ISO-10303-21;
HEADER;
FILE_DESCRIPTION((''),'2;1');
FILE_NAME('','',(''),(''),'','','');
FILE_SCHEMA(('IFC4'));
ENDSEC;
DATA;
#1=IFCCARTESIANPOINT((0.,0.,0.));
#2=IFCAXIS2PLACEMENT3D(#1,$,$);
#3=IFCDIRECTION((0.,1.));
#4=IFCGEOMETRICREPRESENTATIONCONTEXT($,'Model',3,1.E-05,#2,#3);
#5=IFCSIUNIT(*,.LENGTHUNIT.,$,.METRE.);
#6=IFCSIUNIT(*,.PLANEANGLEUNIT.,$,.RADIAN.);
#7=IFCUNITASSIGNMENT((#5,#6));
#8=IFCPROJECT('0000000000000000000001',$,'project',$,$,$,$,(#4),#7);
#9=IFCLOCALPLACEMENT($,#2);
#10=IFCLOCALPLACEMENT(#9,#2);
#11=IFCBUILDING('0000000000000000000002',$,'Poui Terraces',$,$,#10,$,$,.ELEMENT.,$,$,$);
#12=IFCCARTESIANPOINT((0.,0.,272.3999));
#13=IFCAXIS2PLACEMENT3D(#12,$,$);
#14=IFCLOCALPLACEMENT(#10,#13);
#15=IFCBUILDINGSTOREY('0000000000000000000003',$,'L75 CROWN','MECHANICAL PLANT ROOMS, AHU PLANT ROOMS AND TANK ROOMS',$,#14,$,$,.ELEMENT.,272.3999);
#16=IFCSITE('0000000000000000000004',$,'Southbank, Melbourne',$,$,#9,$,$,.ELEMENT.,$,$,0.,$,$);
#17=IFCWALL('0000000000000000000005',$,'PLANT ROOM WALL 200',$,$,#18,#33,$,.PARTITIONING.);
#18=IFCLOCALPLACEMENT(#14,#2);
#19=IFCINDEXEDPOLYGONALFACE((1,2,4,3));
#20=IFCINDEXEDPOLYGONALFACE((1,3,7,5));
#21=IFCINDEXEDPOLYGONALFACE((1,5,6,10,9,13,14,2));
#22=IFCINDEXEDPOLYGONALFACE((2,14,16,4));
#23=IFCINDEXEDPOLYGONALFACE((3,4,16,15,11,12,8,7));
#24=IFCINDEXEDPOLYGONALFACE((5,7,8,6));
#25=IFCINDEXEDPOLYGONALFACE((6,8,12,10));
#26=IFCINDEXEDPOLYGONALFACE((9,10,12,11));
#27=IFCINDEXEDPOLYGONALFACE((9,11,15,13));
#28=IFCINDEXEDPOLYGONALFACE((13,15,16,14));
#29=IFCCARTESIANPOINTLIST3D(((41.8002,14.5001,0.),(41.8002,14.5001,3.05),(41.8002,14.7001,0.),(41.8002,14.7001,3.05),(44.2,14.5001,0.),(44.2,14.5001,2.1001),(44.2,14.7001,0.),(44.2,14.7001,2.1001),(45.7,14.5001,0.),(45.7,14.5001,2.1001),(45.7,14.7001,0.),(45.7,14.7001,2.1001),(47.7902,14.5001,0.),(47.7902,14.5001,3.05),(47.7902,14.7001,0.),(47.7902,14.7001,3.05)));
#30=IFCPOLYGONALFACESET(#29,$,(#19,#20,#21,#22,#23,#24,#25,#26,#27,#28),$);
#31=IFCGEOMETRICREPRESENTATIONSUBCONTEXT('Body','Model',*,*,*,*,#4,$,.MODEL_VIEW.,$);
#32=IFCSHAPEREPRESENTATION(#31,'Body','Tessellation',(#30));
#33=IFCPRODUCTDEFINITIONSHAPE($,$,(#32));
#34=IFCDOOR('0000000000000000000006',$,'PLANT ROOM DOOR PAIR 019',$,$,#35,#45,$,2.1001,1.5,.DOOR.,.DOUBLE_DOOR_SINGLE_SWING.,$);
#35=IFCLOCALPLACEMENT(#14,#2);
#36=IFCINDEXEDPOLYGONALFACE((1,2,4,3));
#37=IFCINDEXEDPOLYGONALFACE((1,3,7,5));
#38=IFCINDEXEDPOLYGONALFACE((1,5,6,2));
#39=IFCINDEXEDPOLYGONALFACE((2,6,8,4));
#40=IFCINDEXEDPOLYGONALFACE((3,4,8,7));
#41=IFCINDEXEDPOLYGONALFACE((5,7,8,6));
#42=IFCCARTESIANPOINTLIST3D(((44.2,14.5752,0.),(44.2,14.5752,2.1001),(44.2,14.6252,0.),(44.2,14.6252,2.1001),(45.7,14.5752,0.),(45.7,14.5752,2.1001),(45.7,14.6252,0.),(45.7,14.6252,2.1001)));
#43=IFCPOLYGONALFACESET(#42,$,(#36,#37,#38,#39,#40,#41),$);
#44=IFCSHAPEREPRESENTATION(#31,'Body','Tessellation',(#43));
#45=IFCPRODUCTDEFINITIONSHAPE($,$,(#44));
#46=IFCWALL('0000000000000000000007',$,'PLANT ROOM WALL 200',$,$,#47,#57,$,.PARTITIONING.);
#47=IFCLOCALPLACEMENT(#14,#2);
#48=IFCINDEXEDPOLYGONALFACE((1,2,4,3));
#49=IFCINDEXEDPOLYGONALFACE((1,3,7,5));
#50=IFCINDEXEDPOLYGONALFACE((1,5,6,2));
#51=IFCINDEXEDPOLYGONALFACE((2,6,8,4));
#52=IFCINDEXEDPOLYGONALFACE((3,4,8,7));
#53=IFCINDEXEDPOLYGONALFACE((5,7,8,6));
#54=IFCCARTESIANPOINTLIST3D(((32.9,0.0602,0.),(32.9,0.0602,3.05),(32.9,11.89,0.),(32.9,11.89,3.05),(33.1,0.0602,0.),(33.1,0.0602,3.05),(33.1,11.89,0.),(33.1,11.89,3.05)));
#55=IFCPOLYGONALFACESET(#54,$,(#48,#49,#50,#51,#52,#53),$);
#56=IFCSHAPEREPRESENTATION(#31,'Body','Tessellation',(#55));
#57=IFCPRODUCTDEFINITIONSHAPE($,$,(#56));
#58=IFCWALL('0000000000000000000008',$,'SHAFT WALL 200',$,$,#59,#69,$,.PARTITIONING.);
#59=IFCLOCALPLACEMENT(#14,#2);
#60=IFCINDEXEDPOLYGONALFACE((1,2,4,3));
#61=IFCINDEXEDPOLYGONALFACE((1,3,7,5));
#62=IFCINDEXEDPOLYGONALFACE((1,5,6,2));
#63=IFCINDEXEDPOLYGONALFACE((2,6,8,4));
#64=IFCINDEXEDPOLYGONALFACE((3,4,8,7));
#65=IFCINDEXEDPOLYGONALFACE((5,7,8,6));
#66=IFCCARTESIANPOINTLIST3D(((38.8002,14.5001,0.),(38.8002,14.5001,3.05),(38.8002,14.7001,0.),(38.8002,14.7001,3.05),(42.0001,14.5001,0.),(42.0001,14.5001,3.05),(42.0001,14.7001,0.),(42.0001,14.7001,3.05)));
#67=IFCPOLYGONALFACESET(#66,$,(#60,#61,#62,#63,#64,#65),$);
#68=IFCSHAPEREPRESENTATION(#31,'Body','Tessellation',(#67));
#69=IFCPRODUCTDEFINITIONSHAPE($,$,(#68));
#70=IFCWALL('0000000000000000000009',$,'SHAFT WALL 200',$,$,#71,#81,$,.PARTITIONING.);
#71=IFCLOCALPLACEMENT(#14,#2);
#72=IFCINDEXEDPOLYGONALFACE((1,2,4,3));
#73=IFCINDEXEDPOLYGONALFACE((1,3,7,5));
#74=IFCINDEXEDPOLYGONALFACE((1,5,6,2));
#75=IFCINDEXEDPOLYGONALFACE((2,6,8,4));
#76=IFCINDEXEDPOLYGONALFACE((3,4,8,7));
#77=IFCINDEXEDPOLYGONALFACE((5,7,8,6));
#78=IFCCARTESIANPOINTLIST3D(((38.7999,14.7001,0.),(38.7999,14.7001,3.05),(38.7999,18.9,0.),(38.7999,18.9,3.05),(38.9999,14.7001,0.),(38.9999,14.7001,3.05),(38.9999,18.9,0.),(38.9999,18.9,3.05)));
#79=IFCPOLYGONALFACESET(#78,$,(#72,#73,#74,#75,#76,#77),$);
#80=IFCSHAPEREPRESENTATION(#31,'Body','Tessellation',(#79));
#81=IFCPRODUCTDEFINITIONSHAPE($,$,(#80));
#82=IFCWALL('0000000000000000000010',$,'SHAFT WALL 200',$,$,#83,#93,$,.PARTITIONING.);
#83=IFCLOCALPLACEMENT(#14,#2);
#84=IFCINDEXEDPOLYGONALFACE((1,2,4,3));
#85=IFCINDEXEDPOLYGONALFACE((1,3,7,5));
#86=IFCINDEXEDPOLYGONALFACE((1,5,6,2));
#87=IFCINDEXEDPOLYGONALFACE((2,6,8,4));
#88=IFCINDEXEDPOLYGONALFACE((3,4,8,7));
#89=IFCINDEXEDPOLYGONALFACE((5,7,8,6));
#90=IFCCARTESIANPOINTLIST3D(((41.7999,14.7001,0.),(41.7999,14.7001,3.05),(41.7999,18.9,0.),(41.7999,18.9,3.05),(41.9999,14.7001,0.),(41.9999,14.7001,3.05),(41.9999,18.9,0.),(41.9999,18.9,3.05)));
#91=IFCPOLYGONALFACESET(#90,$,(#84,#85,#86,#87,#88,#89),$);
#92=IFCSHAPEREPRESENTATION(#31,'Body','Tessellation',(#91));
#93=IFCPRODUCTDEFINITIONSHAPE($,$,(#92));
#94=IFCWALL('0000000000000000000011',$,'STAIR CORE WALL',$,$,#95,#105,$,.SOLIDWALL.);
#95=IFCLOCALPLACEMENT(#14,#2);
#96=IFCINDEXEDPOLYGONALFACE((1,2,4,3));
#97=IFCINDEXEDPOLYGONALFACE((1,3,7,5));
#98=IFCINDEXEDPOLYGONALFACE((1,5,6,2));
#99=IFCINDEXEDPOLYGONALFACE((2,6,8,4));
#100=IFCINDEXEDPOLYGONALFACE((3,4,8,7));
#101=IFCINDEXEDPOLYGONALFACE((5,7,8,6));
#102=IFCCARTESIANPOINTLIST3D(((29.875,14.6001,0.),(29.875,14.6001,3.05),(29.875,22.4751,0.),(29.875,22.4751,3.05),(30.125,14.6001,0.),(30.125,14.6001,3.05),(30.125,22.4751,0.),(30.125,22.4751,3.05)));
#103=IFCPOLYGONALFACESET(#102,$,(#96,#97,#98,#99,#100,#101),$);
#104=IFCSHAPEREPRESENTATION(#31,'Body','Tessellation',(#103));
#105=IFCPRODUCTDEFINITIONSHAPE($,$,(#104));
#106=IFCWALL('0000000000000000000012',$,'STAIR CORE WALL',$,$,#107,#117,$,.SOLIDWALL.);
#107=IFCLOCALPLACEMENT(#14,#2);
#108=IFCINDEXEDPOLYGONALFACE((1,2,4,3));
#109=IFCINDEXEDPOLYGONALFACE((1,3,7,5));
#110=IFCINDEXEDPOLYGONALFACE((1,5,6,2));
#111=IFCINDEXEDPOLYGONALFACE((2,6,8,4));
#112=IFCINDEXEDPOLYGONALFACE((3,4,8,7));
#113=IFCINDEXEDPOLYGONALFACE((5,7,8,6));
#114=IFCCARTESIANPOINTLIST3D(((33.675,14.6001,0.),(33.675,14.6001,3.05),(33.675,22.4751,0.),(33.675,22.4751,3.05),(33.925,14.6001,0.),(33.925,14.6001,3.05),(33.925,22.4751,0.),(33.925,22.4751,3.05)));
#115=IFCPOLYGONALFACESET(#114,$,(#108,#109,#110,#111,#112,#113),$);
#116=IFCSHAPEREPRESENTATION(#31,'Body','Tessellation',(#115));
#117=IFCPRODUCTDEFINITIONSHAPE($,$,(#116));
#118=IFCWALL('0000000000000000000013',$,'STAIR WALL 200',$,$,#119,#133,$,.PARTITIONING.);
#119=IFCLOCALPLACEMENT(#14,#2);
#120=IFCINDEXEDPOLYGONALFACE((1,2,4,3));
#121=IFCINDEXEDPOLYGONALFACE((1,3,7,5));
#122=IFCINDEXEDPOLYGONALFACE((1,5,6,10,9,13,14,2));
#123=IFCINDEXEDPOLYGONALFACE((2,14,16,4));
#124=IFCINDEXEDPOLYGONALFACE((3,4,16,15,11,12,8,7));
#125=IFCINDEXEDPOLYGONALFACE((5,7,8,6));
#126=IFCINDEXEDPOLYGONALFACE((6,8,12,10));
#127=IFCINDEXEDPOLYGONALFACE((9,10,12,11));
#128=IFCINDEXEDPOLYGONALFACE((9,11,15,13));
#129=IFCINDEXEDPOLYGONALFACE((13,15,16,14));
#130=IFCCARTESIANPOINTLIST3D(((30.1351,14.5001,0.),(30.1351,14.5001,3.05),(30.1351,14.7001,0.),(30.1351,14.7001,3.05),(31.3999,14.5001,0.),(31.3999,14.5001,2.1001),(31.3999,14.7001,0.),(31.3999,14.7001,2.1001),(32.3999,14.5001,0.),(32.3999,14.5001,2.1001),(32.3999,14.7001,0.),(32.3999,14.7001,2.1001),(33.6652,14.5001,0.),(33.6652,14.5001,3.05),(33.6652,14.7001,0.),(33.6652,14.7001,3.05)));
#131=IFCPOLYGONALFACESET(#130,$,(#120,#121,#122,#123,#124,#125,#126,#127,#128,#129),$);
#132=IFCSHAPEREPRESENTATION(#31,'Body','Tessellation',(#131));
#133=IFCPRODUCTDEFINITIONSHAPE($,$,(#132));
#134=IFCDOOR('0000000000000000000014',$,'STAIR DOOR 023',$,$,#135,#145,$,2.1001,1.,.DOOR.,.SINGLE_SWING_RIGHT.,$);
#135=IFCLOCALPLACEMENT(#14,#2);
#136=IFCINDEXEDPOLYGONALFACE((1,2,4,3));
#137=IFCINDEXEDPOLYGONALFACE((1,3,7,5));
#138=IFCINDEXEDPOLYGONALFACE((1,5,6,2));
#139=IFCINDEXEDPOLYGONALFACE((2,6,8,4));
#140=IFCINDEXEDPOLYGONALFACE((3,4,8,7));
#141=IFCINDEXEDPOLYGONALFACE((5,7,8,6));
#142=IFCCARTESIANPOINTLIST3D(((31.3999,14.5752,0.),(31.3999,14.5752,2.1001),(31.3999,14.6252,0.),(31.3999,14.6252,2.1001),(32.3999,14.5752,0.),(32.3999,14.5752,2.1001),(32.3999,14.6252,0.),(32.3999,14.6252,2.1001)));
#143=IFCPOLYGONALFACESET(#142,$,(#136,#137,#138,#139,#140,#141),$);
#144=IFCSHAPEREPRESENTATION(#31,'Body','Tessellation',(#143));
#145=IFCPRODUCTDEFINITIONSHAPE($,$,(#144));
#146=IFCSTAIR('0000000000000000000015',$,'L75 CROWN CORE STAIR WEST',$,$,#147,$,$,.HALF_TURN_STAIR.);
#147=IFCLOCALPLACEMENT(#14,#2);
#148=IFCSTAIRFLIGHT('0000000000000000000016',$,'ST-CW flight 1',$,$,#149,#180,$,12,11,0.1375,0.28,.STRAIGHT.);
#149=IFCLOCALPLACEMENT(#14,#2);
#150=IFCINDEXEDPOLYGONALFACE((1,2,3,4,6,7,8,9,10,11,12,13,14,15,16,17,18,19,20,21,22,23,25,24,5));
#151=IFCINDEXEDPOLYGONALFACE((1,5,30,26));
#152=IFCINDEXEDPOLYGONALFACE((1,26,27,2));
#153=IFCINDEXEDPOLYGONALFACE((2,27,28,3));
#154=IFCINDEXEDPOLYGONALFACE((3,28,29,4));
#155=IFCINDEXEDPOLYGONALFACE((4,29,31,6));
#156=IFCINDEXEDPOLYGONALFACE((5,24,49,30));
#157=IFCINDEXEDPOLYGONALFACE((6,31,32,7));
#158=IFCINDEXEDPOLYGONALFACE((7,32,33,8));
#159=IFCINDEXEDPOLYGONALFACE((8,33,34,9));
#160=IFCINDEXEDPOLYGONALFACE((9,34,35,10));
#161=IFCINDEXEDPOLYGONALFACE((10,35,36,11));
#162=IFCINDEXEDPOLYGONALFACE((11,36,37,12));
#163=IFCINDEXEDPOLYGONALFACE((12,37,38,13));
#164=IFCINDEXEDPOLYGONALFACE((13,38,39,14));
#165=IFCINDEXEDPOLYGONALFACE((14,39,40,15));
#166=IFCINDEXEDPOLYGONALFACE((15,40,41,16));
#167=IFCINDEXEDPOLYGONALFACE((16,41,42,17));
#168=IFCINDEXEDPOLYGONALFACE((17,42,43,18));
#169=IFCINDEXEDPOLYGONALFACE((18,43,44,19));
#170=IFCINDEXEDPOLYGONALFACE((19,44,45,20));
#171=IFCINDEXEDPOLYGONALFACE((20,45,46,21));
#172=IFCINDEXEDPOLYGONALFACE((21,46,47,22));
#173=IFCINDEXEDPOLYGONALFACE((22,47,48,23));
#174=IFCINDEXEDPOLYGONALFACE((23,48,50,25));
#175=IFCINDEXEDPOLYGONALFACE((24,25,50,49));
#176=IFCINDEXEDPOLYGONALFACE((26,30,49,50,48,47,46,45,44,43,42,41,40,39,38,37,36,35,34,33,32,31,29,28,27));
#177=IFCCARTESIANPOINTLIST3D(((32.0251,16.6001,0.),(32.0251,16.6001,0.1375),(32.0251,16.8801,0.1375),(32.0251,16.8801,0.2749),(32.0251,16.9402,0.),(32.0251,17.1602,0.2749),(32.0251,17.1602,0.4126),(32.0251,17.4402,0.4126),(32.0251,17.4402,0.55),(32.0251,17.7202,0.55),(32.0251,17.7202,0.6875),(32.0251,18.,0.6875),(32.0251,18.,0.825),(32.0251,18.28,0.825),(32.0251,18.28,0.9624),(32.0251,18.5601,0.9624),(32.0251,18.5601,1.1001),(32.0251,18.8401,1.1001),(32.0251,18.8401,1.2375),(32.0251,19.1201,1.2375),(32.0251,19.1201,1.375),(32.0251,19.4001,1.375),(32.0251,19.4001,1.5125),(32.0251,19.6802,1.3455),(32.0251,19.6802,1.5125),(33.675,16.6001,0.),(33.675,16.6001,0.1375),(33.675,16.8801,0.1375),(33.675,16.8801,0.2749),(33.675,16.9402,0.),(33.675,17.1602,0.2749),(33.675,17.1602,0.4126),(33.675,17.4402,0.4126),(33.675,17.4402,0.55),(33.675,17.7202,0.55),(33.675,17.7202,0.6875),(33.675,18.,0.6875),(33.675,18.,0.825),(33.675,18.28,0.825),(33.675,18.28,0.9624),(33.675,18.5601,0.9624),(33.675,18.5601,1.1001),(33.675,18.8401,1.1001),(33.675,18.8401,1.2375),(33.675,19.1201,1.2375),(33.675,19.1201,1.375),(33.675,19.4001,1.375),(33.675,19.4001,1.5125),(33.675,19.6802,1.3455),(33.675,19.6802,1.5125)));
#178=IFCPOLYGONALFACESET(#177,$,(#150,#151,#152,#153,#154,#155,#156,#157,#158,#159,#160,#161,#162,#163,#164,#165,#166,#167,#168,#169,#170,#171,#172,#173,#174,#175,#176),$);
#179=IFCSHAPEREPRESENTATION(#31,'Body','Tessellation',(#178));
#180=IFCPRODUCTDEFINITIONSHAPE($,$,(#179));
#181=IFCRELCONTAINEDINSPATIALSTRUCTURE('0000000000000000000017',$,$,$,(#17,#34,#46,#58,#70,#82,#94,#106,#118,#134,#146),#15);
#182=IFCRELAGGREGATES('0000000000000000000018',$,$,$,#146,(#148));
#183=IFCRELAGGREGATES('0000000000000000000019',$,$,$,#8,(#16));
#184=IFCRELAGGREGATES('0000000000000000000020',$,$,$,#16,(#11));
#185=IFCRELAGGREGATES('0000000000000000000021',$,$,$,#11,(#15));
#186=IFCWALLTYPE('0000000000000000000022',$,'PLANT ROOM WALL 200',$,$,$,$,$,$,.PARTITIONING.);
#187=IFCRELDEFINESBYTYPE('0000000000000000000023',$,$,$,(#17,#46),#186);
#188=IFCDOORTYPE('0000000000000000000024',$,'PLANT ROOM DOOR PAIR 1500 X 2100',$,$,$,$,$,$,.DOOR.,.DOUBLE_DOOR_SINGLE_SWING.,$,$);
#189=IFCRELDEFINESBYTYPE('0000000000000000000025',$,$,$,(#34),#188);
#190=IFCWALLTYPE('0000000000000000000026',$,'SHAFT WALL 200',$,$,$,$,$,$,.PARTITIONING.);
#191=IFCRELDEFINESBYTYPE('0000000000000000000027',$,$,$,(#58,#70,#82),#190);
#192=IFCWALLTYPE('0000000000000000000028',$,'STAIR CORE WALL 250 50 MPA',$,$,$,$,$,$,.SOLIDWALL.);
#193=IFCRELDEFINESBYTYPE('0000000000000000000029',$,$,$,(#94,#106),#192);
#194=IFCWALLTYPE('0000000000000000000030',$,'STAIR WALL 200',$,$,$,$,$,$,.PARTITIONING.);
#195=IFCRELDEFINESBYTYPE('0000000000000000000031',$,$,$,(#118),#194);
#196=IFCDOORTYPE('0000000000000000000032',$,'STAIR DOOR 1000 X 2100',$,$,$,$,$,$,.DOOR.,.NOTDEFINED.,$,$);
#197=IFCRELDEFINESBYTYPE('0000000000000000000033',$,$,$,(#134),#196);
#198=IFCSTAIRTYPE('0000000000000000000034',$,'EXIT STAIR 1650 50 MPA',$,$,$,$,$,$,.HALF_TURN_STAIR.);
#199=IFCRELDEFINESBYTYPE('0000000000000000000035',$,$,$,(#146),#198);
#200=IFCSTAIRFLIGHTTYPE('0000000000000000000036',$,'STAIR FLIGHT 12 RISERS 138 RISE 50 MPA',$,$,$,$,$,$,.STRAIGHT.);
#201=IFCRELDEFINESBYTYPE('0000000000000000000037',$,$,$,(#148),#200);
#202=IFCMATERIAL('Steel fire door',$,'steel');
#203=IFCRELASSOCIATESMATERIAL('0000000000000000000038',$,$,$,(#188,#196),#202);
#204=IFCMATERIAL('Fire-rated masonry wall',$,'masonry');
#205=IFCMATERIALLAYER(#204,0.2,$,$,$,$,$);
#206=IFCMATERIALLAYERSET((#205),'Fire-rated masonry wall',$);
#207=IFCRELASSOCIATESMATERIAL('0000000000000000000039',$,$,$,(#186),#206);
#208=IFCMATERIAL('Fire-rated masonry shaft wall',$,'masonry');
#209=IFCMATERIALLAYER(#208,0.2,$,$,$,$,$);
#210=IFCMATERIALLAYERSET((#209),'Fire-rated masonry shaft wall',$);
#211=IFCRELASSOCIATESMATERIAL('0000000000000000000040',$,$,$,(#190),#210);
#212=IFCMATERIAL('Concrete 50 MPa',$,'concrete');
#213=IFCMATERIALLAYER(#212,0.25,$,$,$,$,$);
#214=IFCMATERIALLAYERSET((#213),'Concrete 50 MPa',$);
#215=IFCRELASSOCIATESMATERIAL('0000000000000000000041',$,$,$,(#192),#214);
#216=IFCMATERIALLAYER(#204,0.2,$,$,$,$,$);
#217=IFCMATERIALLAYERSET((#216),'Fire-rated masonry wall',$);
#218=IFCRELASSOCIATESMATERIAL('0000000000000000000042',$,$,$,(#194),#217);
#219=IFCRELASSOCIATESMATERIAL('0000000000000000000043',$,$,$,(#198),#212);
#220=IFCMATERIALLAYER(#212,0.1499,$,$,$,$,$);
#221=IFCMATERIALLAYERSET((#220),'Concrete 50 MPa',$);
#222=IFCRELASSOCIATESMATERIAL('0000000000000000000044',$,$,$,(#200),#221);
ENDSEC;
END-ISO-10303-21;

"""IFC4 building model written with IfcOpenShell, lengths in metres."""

from ifc_helpers import new_model, si_unit, direction, frame, frame_2d, origin, place, context, subcontext, project, spatial, polyline, rectangle, outline, extrude, material, layer, layer_set, type_object, element, fill, aggregate, save


model = new_model("IFC4")

# Units and contexts
model_context = context("Model", 3, precision=1e-05, world=origin(), true_north=direction((0.0, 1.0)))
body_context = subcontext(model_context, "Body", "Model", "MODEL_VIEW")
ifc_project = project(units=[si_unit("LENGTHUNIT", "METRE"), si_unit("PLANEANGLEUNIT", "RADIAN")], contexts=[model_context])

# Site, building, storey
site_placement = place(None, origin())
site = spatial("IfcSite", under=ifc_project, at=site_placement, Name="Southbank, Melbourne", CompositionType="ELEMENT", RefElevation=0.0)
building_placement = place(site_placement, origin())
building = spatial("IfcBuilding", under=site, at=building_placement, Name="Poui Terraces", CompositionType="ELEMENT")
storey_placement = place(building_placement, frame((0.0, 0.0, 272.3999)))
storey = spatial("IfcBuildingStorey", under=building, at=storey_placement, Name="L75 CROWN", Description="MECHANICAL PLANT ROOMS, AHU PLANT ROOMS AND TANK ROOMS", CompositionType="ELEMENT", Elevation=272.3999)

# Shared definitions
ifc_material_1 = material(Name="Concrete 50 MPa", Category="concrete")

# Shared definitions
ifc_material_2 = material(Name="Steel fire door", Category="steel")
door_type_1 = type_object("IfcDoorType", Name="PLANT ROOM DOOR PAIR 1500 X 2100", OperationType="DOUBLE_DOOR_SINGLE_SWING", PredefinedType="DOOR", material=ifc_material_2)

# Shared definitions
ifc_material_3 = material(Name="Fire-rated masonry wall", Category="masonry")
ifc_layer_1 = layer(ifc_material_3, 0.2)
ifc_layer_set_1 = layer_set([ifc_layer_1], Name="Fire-rated masonry wall")
wall_type_1 = type_object("IfcWallType", Name="PLANT ROOM WALL 200", PredefinedType="PARTITIONING", material=ifc_layer_set_1)

# Wall, opening, door
wall_1_placement = place(storey_placement, frame((41.8, 14.6001, 0.0), z_axis=(0.0, 0.0, 1.0), x_axis=(1.0, 0.0, 0.0)))
wall_1 = element("IfcWall", 1, at=wall_1_placement, inside=storey, type_object=wall_type_1, Name="PLANT ROOM WALL 200", PredefinedType="PARTITIONING", context=body_context, shape_type="SweptSolid", body=[
    extrude(rectangle(XDim=5.99, YDim=0.2, at=frame_2d((2.9951, 0.0))), origin(), (0.0, 0.0, 1.0), 3.05),
])
opening_1_placement = place(wall_1_placement, frame((2.3999, 0.0, 0.0)))
opening_1 = element("IfcOpeningElement", 2, at=opening_1_placement, cuts=wall_1, PredefinedType="OPENING", context=body_context, shape_type="SweptSolid", body=[
    extrude(rectangle(XDim=1.5, YDim=2.1001, at=frame_2d((0.75, 1.05))), frame((0.0, 0.1099, 0.0), z_axis=(0.0, -1.0, 0.0), x_axis=(1.0, 0.0, 0.0)), (0.0, 0.0, 1.0), 0.22),
])
door_1_placement = place(opening_1_placement, frame((1.5, 0.0, 0.0), z_axis=(0.0, 0.0, 1.0), x_axis=(-1.0, 0.0, 0.0)))
door_1 = element("IfcDoor", 3, at=door_1_placement, inside=storey, type_object=door_type_1, Name="PLANT ROOM DOOR PAIR 019", OperationType="DOUBLE_DOOR_SINGLE_SWING", OverallHeight=2.1001, OverallWidth=1.5, PredefinedType="DOOR", context=body_context, shape_type="SweptSolid", body=[
    extrude(rectangle(XDim=1.5, YDim=2.1001, at=frame_2d((0.75, 1.05))), frame((0.0, 0.0249, 0.0), z_axis=(0.0, -1.0, 0.0), x_axis=(1.0, 0.0, 0.0)), (0.0, 0.0, 1.0), 0.05),
])
fill(opening_1, door_1)

# Walls
wall_2_placement = place(storey_placement, frame((33.0, 0.0601, 0.0), z_axis=(0.0, 0.0, 1.0), x_axis=(0.0, 1.0, 0.0)))
element("IfcWall", 4, at=wall_2_placement, inside=storey, type_object=wall_type_1, Name="PLANT ROOM WALL 200", PredefinedType="PARTITIONING", context=body_context, shape_type="SweptSolid", body=[
    extrude(rectangle(XDim=11.8298, YDim=0.2, at=frame_2d((5.915, 0.0))), origin(), (0.0, 0.0, 1.0), 3.05),
])
ifc_material_4 = material(Name="Fire-rated masonry shaft wall", Category="masonry")
ifc_layer_2 = layer(ifc_material_4, 0.2)
ifc_layer_set_2 = layer_set([ifc_layer_2], Name="Fire-rated masonry shaft wall")
wall_type_2 = type_object("IfcWallType", Name="SHAFT WALL 200", PredefinedType="PARTITIONING", material=ifc_layer_set_2)
wall_3_placement = place(storey_placement, frame((38.8, 14.6001, 0.0), z_axis=(0.0, 0.0, 1.0), x_axis=(1.0, 0.0, 0.0)))
element("IfcWall", 5, at=wall_3_placement, inside=storey, type_object=wall_type_2, Name="SHAFT WALL 200", PredefinedType="PARTITIONING", context=body_context, shape_type="SweptSolid", body=[
    extrude(rectangle(XDim=3.2, YDim=0.2, at=frame_2d((1.6001, 0.0))), origin(), (0.0, 0.0, 1.0), 3.05),
])
for number, where, z_axis, x_axis, name in (
    (6, (38.8999, 14.7, 0.0), (0.0, 0.0, 1.0), (0.0, 1.0, 0.0), "SHAFT WALL 200"),
    (7, (41.8999, 14.7, 0.0), (0.0, 0.0, 1.0), (0.0, 1.0, 0.0), "SHAFT WALL 200"),
):
    element("IfcWall", number, at=place(storey_placement, frame(where, z_axis=z_axis, x_axis=x_axis)), inside=storey, type_object=wall_type_2, Name=name, PredefinedType="PARTITIONING", context=body_context, shape_type="SweptSolid", body=[
        extrude(rectangle(XDim=4.2, YDim=0.2, at=frame_2d((2.1001, 0.0))), origin(), (0.0, 0.0, 1.0), 3.05),
    ])
ifc_layer_3 = layer(ifc_material_1, 0.25)
ifc_layer_set_3 = layer_set([ifc_layer_3], Name="Concrete 50 MPa")
wall_type_3 = type_object("IfcWallType", Name="STAIR CORE WALL 250 50 MPA", PredefinedType="SOLIDWALL", material=ifc_layer_set_3)
for number, where, z_axis, x_axis, name in (
    (8, (30.0, 14.6001, 0.0), (0.0, 0.0, 1.0), (0.0, 1.0, 0.0), "STAIR CORE WALL"),
    (9, (33.8, 14.6001, 0.0), (0.0, 0.0, 1.0), (0.0, 1.0, 0.0), "STAIR CORE WALL"),
):
    element("IfcWall", number, at=place(storey_placement, frame(where, z_axis=z_axis, x_axis=x_axis)), inside=storey, type_object=wall_type_3, Name=name, PredefinedType="SOLIDWALL", context=body_context, shape_type="SweptSolid", body=[
        extrude(rectangle(XDim=7.875, YDim=0.25, at=frame_2d((3.9375, 0.0))), origin(), (0.0, 0.0, 1.0), 3.05),
    ])

# Wall, opening, door
ifc_layer_4 = layer(ifc_material_3, 0.2)
ifc_layer_set_4 = layer_set([ifc_layer_4], Name="Fire-rated masonry wall")
wall_type_4 = type_object("IfcWallType", Name="STAIR WALL 200", PredefinedType="PARTITIONING", material=ifc_layer_set_4)
wall_4_placement = place(storey_placement, frame((30.135, 14.6001, 0.0), z_axis=(0.0, 0.0, 1.0), x_axis=(1.0, 0.0, 0.0)))
wall_4 = element("IfcWall", 10, at=wall_4_placement, inside=storey, type_object=wall_type_4, Name="STAIR WALL 200", PredefinedType="PARTITIONING", context=body_context, shape_type="SweptSolid", body=[
    extrude(rectangle(XDim=3.53, YDim=0.2, at=frame_2d((1.7651, 0.0))), origin(), (0.0, 0.0, 1.0), 3.05),
])
opening_2_placement = place(wall_4_placement, frame((1.2649, 0.0, 0.0)))
opening_2 = element("IfcOpeningElement", 11, at=opening_2_placement, cuts=wall_4, PredefinedType="OPENING", context=body_context, shape_type="SweptSolid", body=[
    extrude(rectangle(XDim=1.0, YDim=2.1001, at=frame_2d((0.5, 1.05))), frame((0.0, 0.1099, 0.0), z_axis=(0.0, -1.0, 0.0), x_axis=(1.0, 0.0, 0.0)), (0.0, 0.0, 1.0), 0.22),
])
door_type_2 = type_object("IfcDoorType", Name="STAIR DOOR 1000 X 2100", OperationType="NOTDEFINED", PredefinedType="DOOR", material=ifc_material_2)
door_2_placement = place(opening_2_placement, frame((1.0, 0.0, 0.0), z_axis=(0.0, 0.0, 1.0), x_axis=(-1.0, 0.0, 0.0)))
door_2 = element("IfcDoor", 12, at=door_2_placement, inside=storey, type_object=door_type_2, Name="STAIR DOOR 023", OperationType="SINGLE_SWING_RIGHT", OverallHeight=2.1001, OverallWidth=1.0, PredefinedType="DOOR", context=body_context, shape_type="SweptSolid", body=[
    extrude(rectangle(XDim=1.0, YDim=2.1001, at=frame_2d((0.5, 1.05))), frame((0.0, 0.0249, 0.0), z_axis=(0.0, -1.0, 0.0), x_axis=(1.0, 0.0, 0.0)), (0.0, 0.0, 1.0), 0.05),
])
fill(opening_2, door_2)

# Stair, stair flight
stair_type = type_object("IfcStairType", Name="EXIT STAIR 1650 50 MPA", PredefinedType="HALF_TURN_STAIR", material=ifc_material_1)
stair_placement = place(storey_placement, origin())
stair = element("IfcStair", 13, at=stair_placement, inside=storey, type_object=stair_type, Name="L75 CROWN CORE STAIR WEST", PredefinedType="HALF_TURN_STAIR")
ifc_layer_5 = layer(ifc_material_1, 0.1499)
ifc_layer_set_5 = layer_set([ifc_layer_5], Name="Concrete 50 MPa")
stair_flight_type = type_object("IfcStairFlightType", Name="STAIR FLIGHT 12 RISERS 138 RISE 50 MPA", PredefinedType="STRAIGHT", material=ifc_layer_set_5)
stair_flight_placement = place(storey_placement, frame((32.8501, 16.6001, 0.0), z_axis=(0.0, 0.0, 1.0), x_axis=(0.0, 1.0, 0.0)))
stair_flight = element("IfcStairFlight", 14, at=stair_flight_placement, type_object=stair_flight_type, Name="ST-CW flight 1", NumberOfRisers=12, NumberOfTreads=11, PredefinedType="STRAIGHT", RiserHeight=0.1375, TreadLength=0.28, context=body_context, shape_type="SweptSolid", body=[
    extrude(outline(polyline([(0.0, 0.0), (0.0, 0.1375), (0.28, 0.1375), (0.28, 0.2749), (0.5601, 0.2749), (0.5601, 0.4126), (0.8401, 0.4126), (0.8401, 0.55), (1.1201, 0.55), (1.1201, 0.6875), (1.3999, 0.6875), (1.3999, 0.825), (1.6799, 0.825), (1.6799, 0.9624), (1.96, 0.9624), (1.96, 1.1001), (2.24, 1.1001), (2.24, 1.2375), (2.52, 1.2375), (2.52, 1.375), (2.8, 1.375), (2.8, 1.5125), (3.0801, 1.5125), (3.0801, 1.6499), (3.0801, 1.3455), (0.3401, 0.0), (0.0, 0.0)])), frame((0.0, 0.825, 0.0), z_axis=(0.0, -1.0, 0.0), x_axis=(1.0, 0.0, 0.0)), (0.0, 0.0, 1.0), 1.6499),
])
aggregate(stair, [stair_flight])

save(model, "model.ifc")
